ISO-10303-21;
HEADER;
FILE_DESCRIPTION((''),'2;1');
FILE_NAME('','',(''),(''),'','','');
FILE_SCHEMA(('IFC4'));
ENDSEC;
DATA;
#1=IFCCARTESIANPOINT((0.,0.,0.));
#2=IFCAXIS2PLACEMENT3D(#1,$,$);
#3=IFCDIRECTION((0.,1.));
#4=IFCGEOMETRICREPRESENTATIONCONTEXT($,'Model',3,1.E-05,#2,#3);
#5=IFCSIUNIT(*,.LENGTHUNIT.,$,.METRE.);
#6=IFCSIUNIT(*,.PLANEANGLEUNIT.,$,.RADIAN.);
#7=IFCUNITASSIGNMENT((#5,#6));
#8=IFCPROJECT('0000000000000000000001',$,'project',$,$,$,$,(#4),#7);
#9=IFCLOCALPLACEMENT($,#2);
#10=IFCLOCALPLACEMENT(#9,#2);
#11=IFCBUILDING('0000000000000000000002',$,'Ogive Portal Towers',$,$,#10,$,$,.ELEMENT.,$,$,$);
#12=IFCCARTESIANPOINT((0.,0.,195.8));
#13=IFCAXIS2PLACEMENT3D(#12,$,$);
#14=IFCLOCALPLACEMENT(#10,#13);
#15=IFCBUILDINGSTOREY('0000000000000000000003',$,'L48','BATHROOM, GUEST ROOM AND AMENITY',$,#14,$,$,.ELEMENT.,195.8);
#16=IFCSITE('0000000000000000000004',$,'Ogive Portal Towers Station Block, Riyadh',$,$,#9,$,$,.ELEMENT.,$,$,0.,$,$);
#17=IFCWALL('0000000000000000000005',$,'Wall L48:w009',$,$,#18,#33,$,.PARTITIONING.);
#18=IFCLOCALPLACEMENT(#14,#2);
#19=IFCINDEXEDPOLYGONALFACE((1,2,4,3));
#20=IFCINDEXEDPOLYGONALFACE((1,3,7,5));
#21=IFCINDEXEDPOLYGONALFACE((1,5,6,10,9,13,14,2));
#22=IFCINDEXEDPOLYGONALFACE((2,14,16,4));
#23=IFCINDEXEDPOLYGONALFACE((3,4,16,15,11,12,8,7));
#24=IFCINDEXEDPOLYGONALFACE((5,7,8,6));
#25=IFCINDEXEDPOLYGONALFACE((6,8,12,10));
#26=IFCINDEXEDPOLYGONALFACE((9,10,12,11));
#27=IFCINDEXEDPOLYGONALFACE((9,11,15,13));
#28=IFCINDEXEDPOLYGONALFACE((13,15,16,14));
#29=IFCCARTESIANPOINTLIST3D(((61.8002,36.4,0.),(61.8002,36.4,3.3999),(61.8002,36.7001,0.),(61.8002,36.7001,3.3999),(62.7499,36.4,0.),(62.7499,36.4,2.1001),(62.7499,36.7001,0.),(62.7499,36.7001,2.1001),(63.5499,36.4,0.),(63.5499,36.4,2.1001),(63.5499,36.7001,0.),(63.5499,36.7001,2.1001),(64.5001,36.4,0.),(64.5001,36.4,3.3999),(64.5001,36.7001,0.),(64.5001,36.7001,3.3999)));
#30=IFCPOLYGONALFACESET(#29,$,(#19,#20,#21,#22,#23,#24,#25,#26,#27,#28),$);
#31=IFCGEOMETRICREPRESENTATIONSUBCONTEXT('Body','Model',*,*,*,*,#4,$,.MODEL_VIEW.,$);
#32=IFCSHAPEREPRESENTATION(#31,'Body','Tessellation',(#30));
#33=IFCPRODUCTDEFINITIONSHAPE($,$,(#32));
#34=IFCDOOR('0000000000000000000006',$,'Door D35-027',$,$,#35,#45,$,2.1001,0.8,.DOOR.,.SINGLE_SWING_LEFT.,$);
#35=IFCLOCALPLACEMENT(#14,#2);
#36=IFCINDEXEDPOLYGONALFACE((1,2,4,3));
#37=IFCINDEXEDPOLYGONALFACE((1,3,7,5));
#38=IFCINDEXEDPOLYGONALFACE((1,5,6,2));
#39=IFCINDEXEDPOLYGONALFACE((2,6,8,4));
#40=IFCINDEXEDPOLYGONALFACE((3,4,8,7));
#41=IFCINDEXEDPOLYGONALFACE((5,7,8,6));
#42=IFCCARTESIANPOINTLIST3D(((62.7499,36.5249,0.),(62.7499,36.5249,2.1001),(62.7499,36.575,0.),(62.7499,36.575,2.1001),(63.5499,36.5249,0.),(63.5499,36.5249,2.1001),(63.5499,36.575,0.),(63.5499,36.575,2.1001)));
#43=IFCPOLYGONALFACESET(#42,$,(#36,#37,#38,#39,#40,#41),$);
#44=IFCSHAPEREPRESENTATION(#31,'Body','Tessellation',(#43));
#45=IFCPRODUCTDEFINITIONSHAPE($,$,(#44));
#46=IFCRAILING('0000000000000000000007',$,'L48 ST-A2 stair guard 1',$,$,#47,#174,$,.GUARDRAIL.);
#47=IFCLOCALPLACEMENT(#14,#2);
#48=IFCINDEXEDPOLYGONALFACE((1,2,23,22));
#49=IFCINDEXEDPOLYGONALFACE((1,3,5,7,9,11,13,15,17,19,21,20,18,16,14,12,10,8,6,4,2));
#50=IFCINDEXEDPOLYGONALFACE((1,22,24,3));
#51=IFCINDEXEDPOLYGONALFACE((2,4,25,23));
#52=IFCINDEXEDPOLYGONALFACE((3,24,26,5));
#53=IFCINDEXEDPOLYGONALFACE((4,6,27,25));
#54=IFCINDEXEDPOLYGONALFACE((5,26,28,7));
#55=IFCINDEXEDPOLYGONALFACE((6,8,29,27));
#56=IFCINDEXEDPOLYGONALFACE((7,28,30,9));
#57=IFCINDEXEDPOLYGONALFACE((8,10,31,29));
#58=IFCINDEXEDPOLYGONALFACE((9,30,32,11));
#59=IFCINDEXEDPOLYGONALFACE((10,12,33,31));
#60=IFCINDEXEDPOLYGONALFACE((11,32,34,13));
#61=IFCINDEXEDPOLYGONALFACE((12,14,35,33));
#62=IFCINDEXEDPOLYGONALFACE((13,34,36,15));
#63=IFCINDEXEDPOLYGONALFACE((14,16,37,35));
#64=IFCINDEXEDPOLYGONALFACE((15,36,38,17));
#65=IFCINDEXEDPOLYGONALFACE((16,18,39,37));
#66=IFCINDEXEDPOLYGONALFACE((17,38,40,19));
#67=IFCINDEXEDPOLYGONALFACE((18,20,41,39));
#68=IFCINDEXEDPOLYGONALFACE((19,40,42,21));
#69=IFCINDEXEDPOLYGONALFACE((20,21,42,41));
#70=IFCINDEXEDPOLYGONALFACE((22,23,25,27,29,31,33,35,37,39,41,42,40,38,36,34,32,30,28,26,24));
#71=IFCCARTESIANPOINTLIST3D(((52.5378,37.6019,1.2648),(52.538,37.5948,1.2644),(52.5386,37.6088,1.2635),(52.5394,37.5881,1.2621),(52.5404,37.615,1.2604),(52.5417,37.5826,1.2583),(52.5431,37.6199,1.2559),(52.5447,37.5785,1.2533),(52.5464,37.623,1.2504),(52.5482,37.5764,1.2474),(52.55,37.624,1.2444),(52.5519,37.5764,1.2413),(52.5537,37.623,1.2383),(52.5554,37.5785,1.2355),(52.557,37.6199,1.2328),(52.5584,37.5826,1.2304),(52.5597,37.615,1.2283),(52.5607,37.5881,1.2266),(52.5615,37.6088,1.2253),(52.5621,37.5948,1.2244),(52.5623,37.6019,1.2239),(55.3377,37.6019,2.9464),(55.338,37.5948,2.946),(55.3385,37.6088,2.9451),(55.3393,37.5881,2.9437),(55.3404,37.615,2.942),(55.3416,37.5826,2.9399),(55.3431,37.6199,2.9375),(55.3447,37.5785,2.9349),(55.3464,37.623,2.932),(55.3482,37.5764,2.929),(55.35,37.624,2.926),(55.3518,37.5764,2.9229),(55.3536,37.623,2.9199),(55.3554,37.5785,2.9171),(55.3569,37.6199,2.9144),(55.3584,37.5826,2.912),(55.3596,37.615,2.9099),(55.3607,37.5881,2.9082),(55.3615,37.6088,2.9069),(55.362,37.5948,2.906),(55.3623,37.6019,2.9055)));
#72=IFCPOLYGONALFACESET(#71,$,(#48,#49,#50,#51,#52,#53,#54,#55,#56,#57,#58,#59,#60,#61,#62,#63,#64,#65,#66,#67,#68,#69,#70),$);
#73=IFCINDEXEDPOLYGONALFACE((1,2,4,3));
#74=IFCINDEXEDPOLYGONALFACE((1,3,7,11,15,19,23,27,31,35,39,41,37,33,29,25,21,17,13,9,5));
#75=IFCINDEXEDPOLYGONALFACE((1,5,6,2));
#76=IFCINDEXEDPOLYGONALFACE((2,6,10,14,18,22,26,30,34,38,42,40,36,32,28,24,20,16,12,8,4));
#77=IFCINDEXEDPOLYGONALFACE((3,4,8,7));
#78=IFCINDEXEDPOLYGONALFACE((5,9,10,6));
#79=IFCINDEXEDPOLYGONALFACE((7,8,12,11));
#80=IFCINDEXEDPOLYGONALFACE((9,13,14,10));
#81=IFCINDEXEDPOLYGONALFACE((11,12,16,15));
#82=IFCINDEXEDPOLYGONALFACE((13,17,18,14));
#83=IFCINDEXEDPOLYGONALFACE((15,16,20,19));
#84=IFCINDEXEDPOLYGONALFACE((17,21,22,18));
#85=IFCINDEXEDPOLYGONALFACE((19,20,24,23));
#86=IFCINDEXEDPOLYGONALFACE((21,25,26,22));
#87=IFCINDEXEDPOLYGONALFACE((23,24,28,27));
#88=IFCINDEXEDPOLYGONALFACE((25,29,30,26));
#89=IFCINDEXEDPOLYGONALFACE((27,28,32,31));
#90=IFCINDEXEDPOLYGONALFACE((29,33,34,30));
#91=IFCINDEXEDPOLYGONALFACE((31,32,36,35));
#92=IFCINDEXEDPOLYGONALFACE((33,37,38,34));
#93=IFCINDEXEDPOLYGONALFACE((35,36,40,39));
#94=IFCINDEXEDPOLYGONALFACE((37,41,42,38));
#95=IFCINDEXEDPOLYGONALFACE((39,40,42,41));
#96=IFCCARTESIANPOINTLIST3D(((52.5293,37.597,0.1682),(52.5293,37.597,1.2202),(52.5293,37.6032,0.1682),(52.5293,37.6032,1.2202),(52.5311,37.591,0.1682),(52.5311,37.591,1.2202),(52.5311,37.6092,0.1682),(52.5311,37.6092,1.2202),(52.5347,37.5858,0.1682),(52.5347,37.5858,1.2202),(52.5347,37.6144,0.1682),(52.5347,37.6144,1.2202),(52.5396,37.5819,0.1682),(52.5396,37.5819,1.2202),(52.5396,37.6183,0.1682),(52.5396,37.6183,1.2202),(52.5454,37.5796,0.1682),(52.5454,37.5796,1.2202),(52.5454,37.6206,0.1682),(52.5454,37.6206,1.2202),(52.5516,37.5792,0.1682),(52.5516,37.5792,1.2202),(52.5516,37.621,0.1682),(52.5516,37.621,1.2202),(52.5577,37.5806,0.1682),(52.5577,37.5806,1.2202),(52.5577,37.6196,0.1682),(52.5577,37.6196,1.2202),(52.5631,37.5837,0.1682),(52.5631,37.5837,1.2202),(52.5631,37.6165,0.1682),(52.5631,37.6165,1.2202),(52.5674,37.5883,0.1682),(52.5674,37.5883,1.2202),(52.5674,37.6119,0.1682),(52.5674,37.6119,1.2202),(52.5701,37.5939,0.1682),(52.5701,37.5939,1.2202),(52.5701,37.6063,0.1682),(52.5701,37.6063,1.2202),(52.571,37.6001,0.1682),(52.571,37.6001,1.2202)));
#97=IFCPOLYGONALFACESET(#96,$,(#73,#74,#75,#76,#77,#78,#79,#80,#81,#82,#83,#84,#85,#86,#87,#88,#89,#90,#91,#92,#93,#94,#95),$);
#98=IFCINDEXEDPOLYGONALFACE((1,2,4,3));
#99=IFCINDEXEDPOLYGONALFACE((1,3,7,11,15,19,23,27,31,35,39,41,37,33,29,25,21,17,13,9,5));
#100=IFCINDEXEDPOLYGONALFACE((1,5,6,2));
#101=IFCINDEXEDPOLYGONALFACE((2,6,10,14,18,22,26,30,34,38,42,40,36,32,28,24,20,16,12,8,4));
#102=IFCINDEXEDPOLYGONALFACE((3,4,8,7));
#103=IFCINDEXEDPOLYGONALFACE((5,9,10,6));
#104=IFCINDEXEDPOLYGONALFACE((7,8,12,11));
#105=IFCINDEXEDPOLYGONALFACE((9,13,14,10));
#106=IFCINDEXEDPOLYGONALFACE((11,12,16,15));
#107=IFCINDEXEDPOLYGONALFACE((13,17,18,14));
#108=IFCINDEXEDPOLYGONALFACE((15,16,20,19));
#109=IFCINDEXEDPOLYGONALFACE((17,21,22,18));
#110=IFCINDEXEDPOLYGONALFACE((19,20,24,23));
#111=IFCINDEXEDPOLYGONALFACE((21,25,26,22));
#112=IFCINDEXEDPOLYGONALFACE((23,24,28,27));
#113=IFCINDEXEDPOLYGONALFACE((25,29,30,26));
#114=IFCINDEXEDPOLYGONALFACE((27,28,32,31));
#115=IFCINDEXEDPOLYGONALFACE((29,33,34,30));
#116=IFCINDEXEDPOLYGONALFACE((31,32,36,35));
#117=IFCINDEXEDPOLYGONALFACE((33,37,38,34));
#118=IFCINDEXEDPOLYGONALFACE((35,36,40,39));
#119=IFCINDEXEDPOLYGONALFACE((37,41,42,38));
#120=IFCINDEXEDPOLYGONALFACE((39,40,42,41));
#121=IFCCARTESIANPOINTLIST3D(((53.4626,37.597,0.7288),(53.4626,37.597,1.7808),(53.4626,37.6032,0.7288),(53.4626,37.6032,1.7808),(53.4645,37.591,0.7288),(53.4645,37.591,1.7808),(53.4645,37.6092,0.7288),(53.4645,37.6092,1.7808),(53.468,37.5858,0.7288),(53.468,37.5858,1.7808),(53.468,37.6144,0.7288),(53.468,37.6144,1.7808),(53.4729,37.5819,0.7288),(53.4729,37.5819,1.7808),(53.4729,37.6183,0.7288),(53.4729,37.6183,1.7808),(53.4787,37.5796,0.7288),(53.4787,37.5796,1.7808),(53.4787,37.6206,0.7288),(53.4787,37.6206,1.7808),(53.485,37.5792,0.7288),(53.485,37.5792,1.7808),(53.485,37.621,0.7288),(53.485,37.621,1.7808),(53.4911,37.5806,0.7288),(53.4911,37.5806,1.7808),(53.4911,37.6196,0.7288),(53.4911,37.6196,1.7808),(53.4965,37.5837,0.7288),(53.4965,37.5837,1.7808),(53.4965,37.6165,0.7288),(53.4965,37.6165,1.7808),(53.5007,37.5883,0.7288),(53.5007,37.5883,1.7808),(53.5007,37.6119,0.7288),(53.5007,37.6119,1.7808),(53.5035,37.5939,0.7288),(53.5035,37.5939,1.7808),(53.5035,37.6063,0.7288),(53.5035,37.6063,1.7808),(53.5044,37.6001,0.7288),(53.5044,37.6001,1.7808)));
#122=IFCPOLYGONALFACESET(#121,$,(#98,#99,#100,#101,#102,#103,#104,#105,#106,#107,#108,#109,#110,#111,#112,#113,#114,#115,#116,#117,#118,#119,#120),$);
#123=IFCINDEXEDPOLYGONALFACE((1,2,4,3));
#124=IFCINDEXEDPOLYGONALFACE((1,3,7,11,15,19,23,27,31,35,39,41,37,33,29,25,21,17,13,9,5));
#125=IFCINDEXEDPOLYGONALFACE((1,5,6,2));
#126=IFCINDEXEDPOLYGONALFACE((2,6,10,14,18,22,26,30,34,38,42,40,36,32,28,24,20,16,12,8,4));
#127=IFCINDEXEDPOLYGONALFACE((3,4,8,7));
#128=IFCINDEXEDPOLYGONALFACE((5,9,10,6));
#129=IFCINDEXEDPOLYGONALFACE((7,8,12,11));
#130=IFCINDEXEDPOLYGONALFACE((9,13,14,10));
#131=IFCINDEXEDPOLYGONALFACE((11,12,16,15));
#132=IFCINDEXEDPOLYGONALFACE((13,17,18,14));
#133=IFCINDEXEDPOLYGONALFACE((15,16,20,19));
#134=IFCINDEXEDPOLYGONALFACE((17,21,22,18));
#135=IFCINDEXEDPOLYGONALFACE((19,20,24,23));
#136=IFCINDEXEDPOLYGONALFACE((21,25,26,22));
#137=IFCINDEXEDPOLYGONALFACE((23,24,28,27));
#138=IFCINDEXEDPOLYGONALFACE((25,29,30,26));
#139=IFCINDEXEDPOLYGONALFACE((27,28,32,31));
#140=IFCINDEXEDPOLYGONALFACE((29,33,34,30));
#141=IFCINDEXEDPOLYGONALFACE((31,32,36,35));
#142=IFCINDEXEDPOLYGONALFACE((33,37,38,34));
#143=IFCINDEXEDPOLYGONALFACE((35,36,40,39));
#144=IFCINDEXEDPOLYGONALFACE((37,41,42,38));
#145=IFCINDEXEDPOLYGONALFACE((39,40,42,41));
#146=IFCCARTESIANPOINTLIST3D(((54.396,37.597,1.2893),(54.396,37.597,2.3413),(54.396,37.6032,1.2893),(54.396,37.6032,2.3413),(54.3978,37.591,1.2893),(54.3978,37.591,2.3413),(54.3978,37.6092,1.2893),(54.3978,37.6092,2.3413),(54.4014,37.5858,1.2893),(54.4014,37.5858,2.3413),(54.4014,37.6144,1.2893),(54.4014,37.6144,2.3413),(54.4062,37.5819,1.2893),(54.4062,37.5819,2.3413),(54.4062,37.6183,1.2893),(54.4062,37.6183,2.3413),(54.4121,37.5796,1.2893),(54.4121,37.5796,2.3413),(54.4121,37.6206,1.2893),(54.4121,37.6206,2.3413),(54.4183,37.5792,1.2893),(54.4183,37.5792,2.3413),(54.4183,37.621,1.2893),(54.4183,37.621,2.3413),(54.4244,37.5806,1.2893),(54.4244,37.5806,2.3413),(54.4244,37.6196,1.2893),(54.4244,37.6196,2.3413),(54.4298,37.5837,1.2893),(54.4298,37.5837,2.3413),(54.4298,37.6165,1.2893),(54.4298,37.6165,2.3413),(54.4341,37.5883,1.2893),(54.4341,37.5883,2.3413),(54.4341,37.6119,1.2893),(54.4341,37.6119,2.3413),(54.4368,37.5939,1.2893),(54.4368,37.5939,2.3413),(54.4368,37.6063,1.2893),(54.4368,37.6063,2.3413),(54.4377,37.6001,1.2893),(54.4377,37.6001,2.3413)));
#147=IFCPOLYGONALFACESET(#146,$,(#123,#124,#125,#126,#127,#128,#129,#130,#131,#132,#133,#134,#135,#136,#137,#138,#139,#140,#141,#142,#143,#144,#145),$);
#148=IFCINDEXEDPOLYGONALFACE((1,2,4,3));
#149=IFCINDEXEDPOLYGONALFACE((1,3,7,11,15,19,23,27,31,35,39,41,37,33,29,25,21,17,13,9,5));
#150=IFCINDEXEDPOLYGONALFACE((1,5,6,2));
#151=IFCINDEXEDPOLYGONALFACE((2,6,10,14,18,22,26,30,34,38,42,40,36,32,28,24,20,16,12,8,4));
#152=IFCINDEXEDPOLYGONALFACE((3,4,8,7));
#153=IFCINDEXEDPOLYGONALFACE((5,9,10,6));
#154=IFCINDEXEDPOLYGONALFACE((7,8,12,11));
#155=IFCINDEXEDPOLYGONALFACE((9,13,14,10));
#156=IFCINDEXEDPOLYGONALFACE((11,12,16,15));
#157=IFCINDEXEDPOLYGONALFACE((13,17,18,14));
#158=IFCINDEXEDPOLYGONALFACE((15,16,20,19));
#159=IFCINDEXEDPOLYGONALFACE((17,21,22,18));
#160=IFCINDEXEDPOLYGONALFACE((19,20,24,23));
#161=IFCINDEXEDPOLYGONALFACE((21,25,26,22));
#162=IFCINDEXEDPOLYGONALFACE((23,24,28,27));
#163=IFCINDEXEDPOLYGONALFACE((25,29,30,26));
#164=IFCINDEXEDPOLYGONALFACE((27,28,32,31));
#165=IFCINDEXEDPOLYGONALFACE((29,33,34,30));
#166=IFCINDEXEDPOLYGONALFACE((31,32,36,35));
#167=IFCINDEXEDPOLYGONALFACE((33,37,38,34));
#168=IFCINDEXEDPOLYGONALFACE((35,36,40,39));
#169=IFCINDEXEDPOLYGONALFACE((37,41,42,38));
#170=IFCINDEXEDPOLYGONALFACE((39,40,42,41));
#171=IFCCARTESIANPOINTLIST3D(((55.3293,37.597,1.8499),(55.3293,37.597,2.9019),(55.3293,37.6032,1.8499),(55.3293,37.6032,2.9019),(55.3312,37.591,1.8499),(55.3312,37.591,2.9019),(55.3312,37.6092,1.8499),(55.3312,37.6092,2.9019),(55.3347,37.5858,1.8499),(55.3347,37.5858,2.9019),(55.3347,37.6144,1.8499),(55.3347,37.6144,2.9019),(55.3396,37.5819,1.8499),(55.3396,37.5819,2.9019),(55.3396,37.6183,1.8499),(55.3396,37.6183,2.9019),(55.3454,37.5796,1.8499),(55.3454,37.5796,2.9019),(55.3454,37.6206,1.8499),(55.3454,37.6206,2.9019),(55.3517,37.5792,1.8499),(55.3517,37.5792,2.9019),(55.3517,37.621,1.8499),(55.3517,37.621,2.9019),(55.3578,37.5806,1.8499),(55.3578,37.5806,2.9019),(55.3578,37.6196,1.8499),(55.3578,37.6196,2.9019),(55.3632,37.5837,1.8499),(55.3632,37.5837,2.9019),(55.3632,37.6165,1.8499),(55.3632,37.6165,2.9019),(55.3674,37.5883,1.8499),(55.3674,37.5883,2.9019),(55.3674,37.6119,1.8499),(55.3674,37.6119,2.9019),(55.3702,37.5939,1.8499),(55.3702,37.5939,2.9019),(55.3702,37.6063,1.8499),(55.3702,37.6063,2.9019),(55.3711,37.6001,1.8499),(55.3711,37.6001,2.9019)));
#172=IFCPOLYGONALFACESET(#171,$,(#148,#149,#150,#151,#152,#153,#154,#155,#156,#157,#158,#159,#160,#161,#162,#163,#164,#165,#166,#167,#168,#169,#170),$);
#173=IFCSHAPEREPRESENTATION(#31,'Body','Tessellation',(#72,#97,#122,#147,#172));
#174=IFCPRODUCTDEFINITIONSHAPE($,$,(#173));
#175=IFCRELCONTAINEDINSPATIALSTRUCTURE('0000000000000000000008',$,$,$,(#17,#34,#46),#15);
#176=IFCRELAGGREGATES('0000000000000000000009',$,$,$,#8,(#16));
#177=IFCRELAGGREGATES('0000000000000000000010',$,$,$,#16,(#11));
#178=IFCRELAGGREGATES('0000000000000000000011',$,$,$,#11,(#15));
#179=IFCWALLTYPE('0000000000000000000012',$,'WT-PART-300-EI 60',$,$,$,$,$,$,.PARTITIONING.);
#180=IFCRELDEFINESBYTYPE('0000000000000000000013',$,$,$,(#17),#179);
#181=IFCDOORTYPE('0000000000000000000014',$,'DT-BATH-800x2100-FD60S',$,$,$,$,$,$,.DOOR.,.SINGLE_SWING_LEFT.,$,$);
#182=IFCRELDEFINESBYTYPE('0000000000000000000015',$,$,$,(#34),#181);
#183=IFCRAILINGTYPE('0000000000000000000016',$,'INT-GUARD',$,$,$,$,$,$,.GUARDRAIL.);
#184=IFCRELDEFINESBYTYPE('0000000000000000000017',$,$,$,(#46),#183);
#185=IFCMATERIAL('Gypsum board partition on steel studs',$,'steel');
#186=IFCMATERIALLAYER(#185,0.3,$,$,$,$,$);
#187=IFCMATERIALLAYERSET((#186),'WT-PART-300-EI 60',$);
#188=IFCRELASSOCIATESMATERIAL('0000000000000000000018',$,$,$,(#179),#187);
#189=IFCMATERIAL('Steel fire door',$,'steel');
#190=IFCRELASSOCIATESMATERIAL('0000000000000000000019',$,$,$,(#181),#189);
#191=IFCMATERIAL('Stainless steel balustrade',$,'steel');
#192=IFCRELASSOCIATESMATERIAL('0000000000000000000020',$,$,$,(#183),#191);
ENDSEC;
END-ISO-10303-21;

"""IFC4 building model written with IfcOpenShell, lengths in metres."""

from ifc_helpers import new_model, si_unit, direction, frame, frame_2d, origin, origin_2d, place, context, subcontext, project, spatial, rectangle, circle, extrude, material, layer, layer_set, type_object, element, fill, save


model = new_model("IFC4")

# Units and contexts
model_context = context("Model", 3, precision=1e-05, world=origin(), true_north=direction((0.0, 1.0)))
body_context = subcontext(model_context, "Body", "Model", "MODEL_VIEW")
ifc_project = project(units=[si_unit("LENGTHUNIT", "METRE"), si_unit("PLANEANGLEUNIT", "RADIAN")], contexts=[model_context])

# Site, building, storey
site_placement = place(None, origin())
site = spatial("IfcSite", under=ifc_project, at=site_placement, Name="Ogive Portal Towers Station Block, Riyadh", CompositionType="ELEMENT", RefElevation=0.0)
building_placement = place(site_placement, origin())
building = spatial("IfcBuilding", under=site, at=building_placement, Name="Ogive Portal Towers", CompositionType="ELEMENT")
storey_placement = place(building_placement, frame((0.0, 0.0, 195.8)))
storey = spatial("IfcBuildingStorey", under=building, at=storey_placement, Name="L48", Description="BATHROOM, GUEST ROOM AND AMENITY", CompositionType="ELEMENT", Elevation=195.8)

# Wall, opening, door
ifc_material_1 = material(Name="Gypsum board partition on steel studs", Category="steel")
ifc_layer_1 = layer(ifc_material_1, 0.3)
ifc_layer_set_1 = layer_set([ifc_layer_1], Name="WT-PART-300-EI 60")
wall_type_1 = type_object("IfcWallType", Name="WT-PART-300-EI 60", PredefinedType="PARTITIONING", material=ifc_layer_set_1)
wall_1_placement = place(storey_placement, frame((61.8, 36.55, 0.0), z_axis=(0.0, 0.0, 1.0), x_axis=(1.0, 0.0, 0.0)))
wall_1 = element("IfcWall", 1, at=wall_1_placement, inside=storey, type_object=wall_type_1, Name="Wall L48:w009", PredefinedType="PARTITIONING", context=body_context, shape_type="SweptSolid", body=[
    extrude(rectangle(XDim=2.7, YDim=0.3, at=frame_2d((1.3501, 0.0))), origin(), (0.0, 0.0, 1.0), 3.3999),
])
opening_1_placement = place(wall_1_placement, frame((0.95, 0.0, 0.0)))
opening_1 = element("IfcOpeningElement", 2, at=opening_1_placement, cuts=wall_1, PredefinedType="OPENING", context=body_context, shape_type="SweptSolid", body=[
    extrude(rectangle(XDim=0.8, YDim=2.1001, at=frame_2d((0.3999, 1.05))), frame((0.0, 0.1602, 0.0), z_axis=(0.0, -1.0, 0.0), x_axis=(1.0, 0.0, 0.0)), (0.0, 0.0, 1.0), 0.3201),
])
ifc_material_2 = material(Name="Steel fire door", Category="steel")
door_type_1 = type_object("IfcDoorType", Name="DT-BATH-800x2100-FD60S", OperationType="SINGLE_SWING_LEFT", PredefinedType="DOOR", material=ifc_material_2)
door_1_placement = place(opening_1_placement, origin())
door_1 = element("IfcDoor", 3, at=door_1_placement, inside=storey, type_object=door_type_1, Name="Door D35-027", OperationType="SINGLE_SWING_LEFT", OverallHeight=2.1001, OverallWidth=0.8, PredefinedType="DOOR", context=body_context, shape_type="SweptSolid", body=[
    extrude(rectangle(XDim=0.8, YDim=2.1001, at=frame_2d((0.3999, 1.05))), frame((0.0, 0.0249, 0.0), z_axis=(0.0, -1.0, 0.0), x_axis=(1.0, 0.0, 0.0)), (0.0, 0.0, 1.0), 0.05),
])
fill(opening_1, door_1)

# Railing
ifc_material_3 = material(Name="Stainless steel balustrade", Category="steel")
railing_type_1 = type_object("IfcRailingType", Name="INT-GUARD", PredefinedType="GUARDRAIL", material=ifc_material_3)
railing_1_placement = place(storey_placement, frame((52.55, 37.6001, 0.1682)))
element("IfcRailing", 4, at=railing_1_placement, inside=storey, type_object=railing_type_1, Name="L48 ST-A2 stair guard 1", PredefinedType="GUARDRAIL", context=body_context, shape_type="SweptSolid", body=[
    extrude(circle(Radius=0.0239, at=origin_2d()), frame((0.0, 0.0, 1.0762), z_axis=(0.857275, 0.0, 0.514858), x_axis=(0.0, 1.0, 0.0)), (0.0, 0.0, 1.0), 3.2661),
    extrude(circle(Radius=0.021, at=origin_2d()), origin(), (0.0, 0.0, 1.0), 1.052),
    extrude(circle(Radius=0.021, at=origin_2d()), frame((0.9333, 0.0, 0.5605)), (0.0, 0.0, 1.0), 1.052),
    extrude(circle(Radius=0.021, at=origin_2d()), frame((1.8667, 0.0, 1.1211)), (0.0, 0.0, 1.0), 1.052),
    extrude(circle(Radius=0.021, at=origin_2d()), frame((2.8, 0.0, 1.6816)), (0.0, 0.0, 1.0), 1.052),
])

save(model, "model.ifc")
